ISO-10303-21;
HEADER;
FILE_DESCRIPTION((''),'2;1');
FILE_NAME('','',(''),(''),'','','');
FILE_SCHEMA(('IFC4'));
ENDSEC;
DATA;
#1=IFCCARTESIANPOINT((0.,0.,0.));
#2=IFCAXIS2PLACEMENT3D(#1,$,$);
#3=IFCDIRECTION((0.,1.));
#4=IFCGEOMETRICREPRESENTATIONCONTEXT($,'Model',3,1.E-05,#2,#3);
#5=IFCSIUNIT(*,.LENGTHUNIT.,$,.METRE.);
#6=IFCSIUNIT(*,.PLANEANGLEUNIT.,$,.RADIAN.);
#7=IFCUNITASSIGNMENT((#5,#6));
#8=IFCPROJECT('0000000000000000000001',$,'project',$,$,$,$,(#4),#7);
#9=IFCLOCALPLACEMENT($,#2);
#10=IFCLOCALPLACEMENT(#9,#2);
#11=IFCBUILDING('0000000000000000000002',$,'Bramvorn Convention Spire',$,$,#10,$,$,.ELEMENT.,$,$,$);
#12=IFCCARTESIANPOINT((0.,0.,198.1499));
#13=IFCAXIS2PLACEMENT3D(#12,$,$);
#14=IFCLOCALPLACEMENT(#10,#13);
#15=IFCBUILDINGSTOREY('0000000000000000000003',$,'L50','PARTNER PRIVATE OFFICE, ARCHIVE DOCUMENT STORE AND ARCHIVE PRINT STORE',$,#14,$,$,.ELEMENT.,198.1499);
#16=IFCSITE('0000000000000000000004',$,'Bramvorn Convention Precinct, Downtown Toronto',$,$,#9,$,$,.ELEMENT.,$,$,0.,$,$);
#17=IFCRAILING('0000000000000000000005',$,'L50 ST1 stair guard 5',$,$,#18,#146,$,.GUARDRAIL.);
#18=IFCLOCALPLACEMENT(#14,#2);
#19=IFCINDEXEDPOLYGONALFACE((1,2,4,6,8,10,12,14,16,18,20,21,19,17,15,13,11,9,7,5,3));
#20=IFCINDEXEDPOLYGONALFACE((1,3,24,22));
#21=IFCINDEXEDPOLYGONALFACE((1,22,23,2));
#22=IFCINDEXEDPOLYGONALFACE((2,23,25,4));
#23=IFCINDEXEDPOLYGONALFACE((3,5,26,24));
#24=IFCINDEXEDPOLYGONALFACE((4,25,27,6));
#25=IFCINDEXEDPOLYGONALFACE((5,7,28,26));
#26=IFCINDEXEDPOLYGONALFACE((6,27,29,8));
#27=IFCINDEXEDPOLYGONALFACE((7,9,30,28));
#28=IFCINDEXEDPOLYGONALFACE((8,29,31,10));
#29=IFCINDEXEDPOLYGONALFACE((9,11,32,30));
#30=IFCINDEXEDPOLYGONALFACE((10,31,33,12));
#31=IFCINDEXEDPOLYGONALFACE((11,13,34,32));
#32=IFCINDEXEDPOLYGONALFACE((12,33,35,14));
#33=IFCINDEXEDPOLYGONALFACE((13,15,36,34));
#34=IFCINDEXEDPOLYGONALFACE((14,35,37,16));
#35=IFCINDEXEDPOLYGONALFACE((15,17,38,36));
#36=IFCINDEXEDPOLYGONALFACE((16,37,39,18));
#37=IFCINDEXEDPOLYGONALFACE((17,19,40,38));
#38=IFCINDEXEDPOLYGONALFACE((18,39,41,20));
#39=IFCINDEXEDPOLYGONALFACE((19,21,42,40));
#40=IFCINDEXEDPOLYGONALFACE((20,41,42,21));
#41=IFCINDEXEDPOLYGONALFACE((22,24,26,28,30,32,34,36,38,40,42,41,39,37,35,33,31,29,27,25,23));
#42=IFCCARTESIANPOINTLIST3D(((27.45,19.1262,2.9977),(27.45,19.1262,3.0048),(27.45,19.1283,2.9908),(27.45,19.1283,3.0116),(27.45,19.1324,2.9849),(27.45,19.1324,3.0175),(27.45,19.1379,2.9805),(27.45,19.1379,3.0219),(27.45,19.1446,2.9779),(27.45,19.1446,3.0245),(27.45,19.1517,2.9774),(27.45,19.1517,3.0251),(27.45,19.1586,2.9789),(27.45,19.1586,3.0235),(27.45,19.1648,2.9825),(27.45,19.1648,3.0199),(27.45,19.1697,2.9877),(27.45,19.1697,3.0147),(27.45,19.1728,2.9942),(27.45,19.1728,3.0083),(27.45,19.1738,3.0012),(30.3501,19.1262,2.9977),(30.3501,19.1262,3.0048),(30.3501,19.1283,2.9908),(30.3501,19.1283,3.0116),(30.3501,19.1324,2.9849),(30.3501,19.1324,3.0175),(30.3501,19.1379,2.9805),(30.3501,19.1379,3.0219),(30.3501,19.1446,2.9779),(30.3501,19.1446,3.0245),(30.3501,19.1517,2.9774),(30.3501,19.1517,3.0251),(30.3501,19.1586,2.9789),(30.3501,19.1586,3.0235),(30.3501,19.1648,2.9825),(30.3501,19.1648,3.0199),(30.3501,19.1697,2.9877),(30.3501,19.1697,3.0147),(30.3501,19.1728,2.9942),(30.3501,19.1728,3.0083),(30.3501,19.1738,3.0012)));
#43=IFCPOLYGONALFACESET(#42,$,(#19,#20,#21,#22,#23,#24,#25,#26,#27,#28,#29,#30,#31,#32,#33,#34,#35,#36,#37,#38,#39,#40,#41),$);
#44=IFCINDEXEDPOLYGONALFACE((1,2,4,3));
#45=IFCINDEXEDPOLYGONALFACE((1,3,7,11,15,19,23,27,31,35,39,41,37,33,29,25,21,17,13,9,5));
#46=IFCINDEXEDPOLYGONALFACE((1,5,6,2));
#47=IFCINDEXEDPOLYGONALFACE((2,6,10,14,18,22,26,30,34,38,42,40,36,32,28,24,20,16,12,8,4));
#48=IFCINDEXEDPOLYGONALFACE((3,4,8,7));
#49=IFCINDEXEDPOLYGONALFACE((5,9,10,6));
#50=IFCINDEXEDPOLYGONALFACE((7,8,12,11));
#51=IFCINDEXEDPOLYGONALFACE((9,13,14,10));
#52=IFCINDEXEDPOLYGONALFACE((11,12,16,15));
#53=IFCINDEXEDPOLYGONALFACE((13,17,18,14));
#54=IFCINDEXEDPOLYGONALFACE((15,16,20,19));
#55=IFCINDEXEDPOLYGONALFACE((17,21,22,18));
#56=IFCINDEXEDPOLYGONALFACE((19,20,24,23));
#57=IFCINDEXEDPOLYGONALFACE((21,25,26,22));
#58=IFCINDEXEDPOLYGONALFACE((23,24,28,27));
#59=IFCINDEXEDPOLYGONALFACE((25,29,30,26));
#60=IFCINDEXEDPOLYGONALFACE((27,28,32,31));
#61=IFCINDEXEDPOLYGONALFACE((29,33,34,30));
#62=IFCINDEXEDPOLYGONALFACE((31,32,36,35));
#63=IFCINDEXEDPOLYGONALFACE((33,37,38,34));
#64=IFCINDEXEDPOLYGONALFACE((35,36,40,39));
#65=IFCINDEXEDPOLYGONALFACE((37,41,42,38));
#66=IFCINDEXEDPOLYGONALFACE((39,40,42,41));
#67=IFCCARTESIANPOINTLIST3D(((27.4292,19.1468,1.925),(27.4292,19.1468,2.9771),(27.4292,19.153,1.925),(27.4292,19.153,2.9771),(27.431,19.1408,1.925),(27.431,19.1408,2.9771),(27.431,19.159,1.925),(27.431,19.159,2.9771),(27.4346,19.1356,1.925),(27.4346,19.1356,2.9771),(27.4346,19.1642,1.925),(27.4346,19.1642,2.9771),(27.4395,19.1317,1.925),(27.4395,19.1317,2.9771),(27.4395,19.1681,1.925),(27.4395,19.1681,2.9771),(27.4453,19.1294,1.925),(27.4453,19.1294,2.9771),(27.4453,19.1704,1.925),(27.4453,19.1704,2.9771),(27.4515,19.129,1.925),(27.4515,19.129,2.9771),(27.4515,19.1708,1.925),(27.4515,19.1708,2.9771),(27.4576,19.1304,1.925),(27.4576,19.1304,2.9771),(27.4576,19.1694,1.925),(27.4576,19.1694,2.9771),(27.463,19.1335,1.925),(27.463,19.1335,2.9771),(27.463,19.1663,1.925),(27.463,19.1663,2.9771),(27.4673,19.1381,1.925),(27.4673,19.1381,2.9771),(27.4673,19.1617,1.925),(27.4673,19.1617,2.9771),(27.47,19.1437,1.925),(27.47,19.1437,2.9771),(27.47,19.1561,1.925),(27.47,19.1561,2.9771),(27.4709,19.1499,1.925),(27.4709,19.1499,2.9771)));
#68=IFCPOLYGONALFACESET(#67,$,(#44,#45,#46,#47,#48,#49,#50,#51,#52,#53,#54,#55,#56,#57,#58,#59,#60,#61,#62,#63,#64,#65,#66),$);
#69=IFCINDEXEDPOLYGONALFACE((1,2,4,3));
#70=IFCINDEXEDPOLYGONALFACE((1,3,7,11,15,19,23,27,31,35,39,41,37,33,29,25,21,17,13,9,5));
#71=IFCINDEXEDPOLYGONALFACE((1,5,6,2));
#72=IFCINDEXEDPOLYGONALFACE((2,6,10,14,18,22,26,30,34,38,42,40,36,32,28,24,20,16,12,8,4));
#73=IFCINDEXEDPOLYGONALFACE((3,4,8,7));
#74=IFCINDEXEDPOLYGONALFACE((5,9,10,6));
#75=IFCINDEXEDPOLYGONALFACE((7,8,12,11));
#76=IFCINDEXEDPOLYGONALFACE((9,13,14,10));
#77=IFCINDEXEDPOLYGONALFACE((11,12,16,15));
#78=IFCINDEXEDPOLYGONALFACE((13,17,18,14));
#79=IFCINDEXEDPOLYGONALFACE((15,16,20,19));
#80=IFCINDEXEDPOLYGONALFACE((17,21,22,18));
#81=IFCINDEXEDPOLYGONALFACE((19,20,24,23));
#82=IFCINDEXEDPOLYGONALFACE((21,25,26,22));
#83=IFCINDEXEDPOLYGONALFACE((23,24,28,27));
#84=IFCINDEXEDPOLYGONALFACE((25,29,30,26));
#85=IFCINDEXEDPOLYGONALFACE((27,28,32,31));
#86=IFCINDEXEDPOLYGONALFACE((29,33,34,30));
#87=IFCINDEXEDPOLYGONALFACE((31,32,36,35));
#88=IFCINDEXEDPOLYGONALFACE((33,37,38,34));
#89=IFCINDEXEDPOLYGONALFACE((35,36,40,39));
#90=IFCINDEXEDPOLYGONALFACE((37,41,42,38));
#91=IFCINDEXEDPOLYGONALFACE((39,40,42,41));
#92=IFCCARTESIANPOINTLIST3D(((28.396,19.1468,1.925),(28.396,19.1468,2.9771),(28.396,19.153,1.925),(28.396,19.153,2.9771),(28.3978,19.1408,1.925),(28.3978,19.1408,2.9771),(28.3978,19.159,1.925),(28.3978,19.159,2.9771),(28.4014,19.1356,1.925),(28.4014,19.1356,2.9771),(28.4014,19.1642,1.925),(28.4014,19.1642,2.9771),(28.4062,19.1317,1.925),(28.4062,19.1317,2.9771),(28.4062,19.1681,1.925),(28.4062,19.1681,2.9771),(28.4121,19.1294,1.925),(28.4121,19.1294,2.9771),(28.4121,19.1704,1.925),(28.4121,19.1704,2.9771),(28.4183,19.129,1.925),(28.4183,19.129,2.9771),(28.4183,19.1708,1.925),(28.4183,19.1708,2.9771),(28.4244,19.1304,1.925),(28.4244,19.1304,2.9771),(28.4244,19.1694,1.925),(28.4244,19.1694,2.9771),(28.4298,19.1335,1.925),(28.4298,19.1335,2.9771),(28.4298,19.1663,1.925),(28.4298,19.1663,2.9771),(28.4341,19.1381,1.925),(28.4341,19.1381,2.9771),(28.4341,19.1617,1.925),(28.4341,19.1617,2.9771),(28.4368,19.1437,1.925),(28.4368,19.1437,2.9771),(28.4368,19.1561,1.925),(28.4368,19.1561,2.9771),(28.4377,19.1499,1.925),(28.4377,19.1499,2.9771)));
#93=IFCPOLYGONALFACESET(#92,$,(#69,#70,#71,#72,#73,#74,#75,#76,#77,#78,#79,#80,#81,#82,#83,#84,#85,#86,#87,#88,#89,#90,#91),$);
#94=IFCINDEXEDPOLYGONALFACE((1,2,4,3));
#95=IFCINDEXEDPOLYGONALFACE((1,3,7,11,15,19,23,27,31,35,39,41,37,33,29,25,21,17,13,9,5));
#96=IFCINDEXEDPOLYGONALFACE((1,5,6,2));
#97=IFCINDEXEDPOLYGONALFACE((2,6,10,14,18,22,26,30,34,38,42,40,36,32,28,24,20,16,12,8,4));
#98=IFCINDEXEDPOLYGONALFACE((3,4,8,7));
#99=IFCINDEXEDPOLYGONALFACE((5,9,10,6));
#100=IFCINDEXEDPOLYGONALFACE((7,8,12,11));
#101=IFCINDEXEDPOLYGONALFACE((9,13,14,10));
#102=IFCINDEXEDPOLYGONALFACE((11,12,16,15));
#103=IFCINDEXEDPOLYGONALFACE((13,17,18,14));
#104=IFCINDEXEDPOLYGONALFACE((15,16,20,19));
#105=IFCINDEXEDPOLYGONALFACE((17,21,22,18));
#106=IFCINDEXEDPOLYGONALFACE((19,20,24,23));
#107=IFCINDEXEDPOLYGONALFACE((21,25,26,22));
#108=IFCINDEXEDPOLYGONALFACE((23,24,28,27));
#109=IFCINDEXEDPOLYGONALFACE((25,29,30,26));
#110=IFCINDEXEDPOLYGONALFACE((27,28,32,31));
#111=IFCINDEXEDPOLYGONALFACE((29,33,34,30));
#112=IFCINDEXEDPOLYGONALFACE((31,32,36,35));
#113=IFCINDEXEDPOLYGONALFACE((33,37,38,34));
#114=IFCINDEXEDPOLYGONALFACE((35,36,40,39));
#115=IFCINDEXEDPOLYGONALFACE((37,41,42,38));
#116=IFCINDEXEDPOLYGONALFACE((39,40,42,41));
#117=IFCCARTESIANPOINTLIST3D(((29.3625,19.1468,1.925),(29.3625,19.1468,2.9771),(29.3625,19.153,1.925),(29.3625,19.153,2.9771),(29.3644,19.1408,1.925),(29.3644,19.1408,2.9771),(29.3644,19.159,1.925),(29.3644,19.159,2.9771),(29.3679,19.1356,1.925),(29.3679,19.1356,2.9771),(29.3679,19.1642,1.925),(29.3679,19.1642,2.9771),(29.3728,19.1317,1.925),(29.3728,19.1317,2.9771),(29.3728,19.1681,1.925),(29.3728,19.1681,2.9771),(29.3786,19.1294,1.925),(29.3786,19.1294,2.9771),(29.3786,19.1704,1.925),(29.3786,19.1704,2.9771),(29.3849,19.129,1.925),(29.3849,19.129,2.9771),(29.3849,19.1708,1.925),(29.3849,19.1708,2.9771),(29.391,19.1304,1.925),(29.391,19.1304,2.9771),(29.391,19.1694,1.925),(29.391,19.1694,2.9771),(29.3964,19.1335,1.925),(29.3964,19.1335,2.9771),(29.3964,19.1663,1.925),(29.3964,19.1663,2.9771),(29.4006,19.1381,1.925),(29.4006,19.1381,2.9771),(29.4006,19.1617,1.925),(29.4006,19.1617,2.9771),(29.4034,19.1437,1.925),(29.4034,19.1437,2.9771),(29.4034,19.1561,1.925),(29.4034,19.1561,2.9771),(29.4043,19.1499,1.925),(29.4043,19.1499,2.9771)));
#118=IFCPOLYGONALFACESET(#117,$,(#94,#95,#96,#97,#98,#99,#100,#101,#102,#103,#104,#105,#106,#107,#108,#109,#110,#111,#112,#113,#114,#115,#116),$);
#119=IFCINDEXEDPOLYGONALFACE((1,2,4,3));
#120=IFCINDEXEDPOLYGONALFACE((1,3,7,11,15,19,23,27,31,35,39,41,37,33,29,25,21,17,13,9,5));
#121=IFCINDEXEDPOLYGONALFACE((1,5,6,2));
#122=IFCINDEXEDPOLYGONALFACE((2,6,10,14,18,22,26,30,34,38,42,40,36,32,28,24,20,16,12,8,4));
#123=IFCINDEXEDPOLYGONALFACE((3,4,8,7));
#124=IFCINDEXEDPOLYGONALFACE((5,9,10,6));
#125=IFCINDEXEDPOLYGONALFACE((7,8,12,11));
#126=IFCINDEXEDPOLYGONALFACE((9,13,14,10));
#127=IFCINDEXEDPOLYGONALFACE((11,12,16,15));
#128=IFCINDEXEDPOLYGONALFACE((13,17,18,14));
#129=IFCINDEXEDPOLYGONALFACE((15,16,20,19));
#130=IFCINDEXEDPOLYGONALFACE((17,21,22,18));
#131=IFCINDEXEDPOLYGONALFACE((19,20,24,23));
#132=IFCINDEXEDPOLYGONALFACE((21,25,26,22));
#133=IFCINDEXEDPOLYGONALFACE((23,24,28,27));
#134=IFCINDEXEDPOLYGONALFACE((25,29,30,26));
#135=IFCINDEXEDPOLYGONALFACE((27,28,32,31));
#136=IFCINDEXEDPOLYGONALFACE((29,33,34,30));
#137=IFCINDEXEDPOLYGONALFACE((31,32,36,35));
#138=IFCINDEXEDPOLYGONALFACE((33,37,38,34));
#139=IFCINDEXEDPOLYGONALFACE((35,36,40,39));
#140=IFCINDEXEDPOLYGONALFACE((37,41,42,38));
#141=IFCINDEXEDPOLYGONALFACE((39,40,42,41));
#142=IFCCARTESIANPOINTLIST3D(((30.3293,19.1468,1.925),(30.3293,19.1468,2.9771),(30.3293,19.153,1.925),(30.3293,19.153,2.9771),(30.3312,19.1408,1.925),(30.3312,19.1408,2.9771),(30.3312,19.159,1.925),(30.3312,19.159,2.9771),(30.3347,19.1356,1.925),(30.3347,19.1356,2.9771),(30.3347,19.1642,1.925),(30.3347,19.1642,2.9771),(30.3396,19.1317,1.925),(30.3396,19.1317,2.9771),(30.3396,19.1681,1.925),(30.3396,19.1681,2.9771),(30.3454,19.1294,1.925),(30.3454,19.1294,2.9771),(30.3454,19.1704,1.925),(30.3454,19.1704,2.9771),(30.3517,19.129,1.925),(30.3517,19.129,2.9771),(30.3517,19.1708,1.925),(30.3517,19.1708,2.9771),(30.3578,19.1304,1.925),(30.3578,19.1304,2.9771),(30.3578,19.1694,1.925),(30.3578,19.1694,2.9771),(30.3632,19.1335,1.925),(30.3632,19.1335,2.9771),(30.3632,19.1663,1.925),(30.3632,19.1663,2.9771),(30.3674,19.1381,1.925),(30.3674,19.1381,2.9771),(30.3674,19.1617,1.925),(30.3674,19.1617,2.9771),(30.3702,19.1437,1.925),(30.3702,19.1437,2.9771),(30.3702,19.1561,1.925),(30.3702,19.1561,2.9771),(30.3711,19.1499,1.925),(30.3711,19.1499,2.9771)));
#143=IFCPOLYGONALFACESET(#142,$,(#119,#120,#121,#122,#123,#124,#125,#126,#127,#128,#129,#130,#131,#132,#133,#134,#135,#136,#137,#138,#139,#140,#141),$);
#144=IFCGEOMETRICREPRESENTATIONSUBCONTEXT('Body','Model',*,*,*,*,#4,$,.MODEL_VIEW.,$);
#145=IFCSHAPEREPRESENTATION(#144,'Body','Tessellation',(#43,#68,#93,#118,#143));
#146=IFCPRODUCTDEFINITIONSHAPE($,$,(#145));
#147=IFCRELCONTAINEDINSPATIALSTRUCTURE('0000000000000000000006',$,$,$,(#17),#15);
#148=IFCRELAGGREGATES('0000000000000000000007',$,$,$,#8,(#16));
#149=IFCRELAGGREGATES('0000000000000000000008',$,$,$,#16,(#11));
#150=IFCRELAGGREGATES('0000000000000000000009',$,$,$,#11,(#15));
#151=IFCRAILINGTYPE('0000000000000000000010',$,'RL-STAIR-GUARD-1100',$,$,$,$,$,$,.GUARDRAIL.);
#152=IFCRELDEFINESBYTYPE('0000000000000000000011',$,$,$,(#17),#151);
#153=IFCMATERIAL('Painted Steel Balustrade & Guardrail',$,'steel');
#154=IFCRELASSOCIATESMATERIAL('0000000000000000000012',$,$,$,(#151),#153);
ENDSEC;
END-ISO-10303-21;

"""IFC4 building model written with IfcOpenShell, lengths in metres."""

from ifc_helpers import new_model, si_unit, direction, frame, origin, origin_2d, place, context, subcontext, project, spatial, circle, extrude, material, type_object, element, save


model = new_model("IFC4")

# Units and contexts
model_context = context("Model", 3, precision=1e-05, world=origin(), true_north=direction((0.0, 1.0)))
body_context = subcontext(model_context, "Body", "Model", "MODEL_VIEW")
ifc_project = project(units=[si_unit("LENGTHUNIT", "METRE"), si_unit("PLANEANGLEUNIT", "RADIAN")], contexts=[model_context])

# Site, building, storey
site_placement = place(None, origin())
site = spatial("IfcSite", under=ifc_project, at=site_placement, Name="Bramvorn Convention Precinct, Downtown Toronto", CompositionType="ELEMENT", RefElevation=0.0)
building_placement = place(site_placement, origin())
building = spatial("IfcBuilding", under=site, at=building_placement, Name="Bramvorn Convention Spire", CompositionType="ELEMENT")
storey_placement = place(building_placement, frame((0.0, 0.0, 198.1499)))
storey = spatial("IfcBuildingStorey", under=building, at=storey_placement, Name="L50", Description="PARTNER PRIVATE OFFICE, ARCHIVE DOCUMENT STORE AND ARCHIVE PRINT STORE", CompositionType="ELEMENT", Elevation=198.1499)

# Railing
ifc_material_1 = material(Name="Painted Steel Balustrade & Guardrail", Category="steel")
railing_type_1 = type_object("IfcRailingType", Name="RL-STAIR-GUARD-1100", PredefinedType="GUARDRAIL", material=ifc_material_1)
railing_1_placement = place(storey_placement, frame((27.45, 19.1499, 1.925)))
element("IfcRailing", 1, at=railing_1_placement, inside=storey, type_object=railing_type_1, Name="L50 ST1 stair guard 5", PredefinedType="GUARDRAIL", context=body_context, shape_type="SweptSolid", body=[
    extrude(circle(Radius=0.0239, at=origin_2d()), frame((0.0, 0.0, 1.0762), z_axis=(1.0, 0.0, 0.0), x_axis=(0.0, 1.0, 0.0)), (0.0, 0.0, 1.0), 2.9001),
    extrude(circle(Radius=0.021, at=origin_2d()), origin(), (0.0, 0.0, 1.0), 1.052),
    extrude(circle(Radius=0.021, at=origin_2d()), frame((0.9668, 0.0, 0.0)), (0.0, 0.0, 1.0), 1.052),
    extrude(circle(Radius=0.021, at=origin_2d()), frame((1.9333, 0.0, 0.0)), (0.0, 0.0, 1.0), 1.052),
    extrude(circle(Radius=0.021, at=origin_2d()), frame((2.9001, 0.0, 0.0)), (0.0, 0.0, 1.0), 1.052),
])

save(model, "model.ifc")
